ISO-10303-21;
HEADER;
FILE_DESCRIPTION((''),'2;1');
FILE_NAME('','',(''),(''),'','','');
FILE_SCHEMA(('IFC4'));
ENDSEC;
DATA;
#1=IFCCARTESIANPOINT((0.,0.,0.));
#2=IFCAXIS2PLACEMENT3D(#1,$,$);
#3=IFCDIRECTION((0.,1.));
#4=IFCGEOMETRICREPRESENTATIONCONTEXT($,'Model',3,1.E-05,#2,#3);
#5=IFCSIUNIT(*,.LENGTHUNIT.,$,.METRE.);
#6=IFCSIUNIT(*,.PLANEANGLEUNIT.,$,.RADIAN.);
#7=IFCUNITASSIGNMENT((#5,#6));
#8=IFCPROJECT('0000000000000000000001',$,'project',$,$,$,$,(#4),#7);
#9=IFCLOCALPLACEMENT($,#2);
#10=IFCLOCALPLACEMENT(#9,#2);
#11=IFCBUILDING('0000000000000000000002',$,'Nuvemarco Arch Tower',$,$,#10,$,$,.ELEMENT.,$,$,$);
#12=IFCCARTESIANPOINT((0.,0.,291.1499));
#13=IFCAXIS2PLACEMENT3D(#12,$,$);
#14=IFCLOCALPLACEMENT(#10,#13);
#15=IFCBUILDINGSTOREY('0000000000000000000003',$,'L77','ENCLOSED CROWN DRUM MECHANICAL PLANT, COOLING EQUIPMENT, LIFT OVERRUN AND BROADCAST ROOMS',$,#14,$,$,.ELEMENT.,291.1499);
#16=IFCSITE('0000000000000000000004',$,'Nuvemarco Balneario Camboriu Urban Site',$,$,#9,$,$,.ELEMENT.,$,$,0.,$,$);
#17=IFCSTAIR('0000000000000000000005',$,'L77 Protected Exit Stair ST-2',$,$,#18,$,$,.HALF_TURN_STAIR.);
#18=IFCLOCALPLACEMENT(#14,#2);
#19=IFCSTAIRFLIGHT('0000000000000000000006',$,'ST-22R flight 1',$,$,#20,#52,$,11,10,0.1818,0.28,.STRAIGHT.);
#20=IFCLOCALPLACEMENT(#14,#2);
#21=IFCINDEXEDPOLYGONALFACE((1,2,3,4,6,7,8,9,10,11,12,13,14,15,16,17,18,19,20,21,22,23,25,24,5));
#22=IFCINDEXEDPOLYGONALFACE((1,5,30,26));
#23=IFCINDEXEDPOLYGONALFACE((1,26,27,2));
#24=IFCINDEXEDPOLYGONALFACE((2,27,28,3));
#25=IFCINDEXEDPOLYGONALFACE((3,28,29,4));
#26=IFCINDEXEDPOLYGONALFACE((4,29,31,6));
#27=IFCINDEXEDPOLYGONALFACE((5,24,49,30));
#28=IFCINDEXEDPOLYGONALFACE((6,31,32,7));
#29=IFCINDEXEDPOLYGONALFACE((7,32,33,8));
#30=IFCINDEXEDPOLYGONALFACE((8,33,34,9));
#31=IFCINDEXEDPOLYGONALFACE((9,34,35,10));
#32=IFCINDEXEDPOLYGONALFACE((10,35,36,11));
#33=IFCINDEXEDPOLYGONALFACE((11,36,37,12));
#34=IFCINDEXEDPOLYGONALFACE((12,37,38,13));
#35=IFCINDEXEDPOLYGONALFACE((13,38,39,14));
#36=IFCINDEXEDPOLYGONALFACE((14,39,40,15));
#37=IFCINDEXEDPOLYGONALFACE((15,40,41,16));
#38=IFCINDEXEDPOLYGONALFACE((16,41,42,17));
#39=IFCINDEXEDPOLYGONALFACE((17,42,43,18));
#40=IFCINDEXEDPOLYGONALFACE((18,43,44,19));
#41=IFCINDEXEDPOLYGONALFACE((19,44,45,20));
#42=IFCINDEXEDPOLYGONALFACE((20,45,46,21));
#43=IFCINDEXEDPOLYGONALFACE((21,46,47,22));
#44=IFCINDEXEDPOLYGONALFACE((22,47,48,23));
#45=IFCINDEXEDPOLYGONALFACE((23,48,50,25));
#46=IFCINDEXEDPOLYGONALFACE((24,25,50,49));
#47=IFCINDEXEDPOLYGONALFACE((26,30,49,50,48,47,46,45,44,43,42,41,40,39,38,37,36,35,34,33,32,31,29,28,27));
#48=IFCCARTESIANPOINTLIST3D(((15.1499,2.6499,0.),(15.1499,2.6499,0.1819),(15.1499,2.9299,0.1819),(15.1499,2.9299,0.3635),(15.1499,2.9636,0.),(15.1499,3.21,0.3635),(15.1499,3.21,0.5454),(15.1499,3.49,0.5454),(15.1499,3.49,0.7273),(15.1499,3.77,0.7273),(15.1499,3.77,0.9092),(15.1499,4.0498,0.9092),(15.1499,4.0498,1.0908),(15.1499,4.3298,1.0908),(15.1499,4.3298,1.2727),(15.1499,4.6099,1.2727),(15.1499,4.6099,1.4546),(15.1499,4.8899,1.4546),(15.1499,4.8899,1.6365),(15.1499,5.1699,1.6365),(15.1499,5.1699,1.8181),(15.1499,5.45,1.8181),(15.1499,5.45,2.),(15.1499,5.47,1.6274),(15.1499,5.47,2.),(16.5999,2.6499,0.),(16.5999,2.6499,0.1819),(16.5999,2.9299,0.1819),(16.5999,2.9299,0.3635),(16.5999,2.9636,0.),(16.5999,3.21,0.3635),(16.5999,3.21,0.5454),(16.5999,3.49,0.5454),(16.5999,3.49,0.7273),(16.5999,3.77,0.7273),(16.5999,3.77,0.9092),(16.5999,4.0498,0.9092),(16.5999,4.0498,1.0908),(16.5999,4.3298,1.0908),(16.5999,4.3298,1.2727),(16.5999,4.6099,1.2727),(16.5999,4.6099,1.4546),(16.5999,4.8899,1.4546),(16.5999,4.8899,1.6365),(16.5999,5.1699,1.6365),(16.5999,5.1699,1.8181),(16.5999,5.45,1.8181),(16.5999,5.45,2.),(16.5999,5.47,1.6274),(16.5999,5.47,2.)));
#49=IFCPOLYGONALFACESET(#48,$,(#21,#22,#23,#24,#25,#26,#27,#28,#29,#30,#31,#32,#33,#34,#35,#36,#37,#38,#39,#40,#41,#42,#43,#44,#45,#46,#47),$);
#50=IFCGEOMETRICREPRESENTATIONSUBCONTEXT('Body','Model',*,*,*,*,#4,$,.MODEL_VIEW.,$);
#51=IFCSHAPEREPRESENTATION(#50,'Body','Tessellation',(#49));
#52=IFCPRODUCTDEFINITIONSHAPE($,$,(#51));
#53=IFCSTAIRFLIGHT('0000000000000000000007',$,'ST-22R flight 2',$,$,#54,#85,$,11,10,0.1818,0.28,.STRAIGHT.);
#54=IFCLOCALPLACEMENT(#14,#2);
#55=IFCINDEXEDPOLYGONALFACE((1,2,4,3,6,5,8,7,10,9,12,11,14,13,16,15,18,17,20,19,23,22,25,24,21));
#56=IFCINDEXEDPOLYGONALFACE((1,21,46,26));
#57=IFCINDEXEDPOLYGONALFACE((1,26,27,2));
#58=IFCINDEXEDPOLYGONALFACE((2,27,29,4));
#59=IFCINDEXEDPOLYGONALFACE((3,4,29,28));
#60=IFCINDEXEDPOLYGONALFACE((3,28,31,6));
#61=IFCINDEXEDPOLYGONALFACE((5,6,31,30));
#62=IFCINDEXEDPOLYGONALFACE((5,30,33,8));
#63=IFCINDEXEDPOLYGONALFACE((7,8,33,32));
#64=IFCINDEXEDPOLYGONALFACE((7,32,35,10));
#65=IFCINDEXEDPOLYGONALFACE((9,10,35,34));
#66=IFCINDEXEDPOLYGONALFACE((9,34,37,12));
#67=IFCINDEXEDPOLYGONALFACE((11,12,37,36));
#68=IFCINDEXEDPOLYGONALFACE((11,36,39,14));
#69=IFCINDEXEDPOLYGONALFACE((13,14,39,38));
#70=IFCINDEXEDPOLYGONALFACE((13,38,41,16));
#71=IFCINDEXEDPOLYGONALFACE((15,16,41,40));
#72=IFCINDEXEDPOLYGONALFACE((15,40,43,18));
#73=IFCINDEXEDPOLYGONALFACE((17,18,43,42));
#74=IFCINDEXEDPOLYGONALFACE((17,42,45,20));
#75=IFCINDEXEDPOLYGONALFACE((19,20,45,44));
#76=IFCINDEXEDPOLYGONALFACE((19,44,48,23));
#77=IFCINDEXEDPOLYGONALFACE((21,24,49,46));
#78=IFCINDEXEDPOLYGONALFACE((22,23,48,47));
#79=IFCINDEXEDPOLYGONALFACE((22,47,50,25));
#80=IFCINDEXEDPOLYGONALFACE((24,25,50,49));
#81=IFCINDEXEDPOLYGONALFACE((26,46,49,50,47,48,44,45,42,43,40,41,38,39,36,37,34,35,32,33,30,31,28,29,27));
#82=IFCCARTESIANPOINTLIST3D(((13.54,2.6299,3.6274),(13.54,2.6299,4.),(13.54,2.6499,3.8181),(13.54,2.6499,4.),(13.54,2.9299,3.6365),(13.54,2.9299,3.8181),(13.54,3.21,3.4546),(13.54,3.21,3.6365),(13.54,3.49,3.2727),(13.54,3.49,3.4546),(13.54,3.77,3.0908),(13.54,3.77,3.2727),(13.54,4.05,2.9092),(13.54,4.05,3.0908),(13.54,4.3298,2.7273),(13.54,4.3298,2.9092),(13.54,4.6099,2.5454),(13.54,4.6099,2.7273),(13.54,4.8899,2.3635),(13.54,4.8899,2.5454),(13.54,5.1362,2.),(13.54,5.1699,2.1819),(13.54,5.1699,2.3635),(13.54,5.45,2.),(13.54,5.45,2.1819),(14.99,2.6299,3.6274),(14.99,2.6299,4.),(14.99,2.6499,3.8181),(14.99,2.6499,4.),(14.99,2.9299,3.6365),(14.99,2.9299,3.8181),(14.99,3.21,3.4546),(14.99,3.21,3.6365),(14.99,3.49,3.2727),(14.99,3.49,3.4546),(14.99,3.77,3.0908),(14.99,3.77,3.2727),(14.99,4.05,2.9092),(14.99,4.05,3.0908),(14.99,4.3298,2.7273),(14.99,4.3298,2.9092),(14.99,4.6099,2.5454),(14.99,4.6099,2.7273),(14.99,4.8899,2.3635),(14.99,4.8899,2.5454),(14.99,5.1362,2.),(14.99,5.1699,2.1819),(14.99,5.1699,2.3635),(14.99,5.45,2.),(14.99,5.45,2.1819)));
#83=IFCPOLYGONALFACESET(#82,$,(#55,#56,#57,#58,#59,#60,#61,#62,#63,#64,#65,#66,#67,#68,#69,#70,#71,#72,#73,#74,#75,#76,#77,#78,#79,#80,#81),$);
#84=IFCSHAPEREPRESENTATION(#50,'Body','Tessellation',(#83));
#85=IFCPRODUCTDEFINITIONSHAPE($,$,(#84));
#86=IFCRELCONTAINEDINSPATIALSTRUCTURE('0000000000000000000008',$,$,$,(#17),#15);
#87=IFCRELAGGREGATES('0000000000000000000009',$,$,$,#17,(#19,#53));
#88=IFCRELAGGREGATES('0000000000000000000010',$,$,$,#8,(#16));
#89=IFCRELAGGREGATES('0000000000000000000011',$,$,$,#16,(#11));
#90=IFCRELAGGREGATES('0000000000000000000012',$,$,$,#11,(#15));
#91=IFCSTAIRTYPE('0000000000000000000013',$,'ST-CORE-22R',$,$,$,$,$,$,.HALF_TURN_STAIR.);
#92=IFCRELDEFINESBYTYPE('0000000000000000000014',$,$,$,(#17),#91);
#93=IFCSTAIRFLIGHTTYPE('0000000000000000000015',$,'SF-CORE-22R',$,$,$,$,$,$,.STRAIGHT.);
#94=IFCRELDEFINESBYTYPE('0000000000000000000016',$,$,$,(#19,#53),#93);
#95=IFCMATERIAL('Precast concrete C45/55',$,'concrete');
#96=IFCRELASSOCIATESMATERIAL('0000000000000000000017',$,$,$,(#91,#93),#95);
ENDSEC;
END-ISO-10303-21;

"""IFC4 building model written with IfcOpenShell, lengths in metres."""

from ifc_helpers import new_model, si_unit, direction, frame, origin, place, context, subcontext, project, spatial, polyline, outline, extrude, material, type_object, element, aggregate, save


model = new_model("IFC4")

# Units and contexts
model_context = context("Model", 3, precision=1e-05, world=origin(), true_north=direction((0.0, 1.0)))
body_context = subcontext(model_context, "Body", "Model", "MODEL_VIEW")
ifc_project = project(units=[si_unit("LENGTHUNIT", "METRE"), si_unit("PLANEANGLEUNIT", "RADIAN")], contexts=[model_context])

# Site, building, storey
site_placement = place(None, origin())
site = spatial("IfcSite", under=ifc_project, at=site_placement, Name="Nuvemarco Balneario Camboriu Urban Site", CompositionType="ELEMENT", RefElevation=0.0)
building_placement = place(site_placement, origin())
building = spatial("IfcBuilding", under=site, at=building_placement, Name="Nuvemarco Arch Tower", CompositionType="ELEMENT")
storey_placement = place(building_placement, frame((0.0, 0.0, 291.1499)))
storey = spatial("IfcBuildingStorey", under=building, at=storey_placement, Name="L77", Description="ENCLOSED CROWN DRUM MECHANICAL PLANT, COOLING EQUIPMENT, LIFT OVERRUN AND BROADCAST ROOMS", CompositionType="ELEMENT", Elevation=291.1499)

# Shared definitions
ifc_material_1 = material(Name="Precast concrete C45/55", Category="concrete")

# Stair, stair flights
stair_type = type_object("IfcStairType", Name="ST-CORE-22R", PredefinedType="HALF_TURN_STAIR", material=ifc_material_1)
stair_placement = place(storey_placement, origin())
stair = element("IfcStair", 1, at=stair_placement, inside=storey, type_object=stair_type, Name="L77 Protected Exit Stair ST-2", PredefinedType="HALF_TURN_STAIR")
stair_flight_type = type_object("IfcStairFlightType", Name="SF-CORE-22R", PredefinedType="STRAIGHT", material=ifc_material_1)
stair_flight_1_placement = place(storey_placement, frame((15.875, 2.6499, 0.0), z_axis=(0.0, 0.0, 1.0), x_axis=(0.0, 1.0, 0.0)))
stair_flight_1 = element("IfcStairFlight", 2, at=stair_flight_1_placement, type_object=stair_flight_type, Name="ST-22R flight 1", NumberOfRisers=11, NumberOfTreads=10, PredefinedType="STRAIGHT", RiserHeight=0.1818, TreadLength=0.28, context=body_context, shape_type="SweptSolid", body=[
    extrude(outline(polyline([(0.0, 0.0), (0.0, 0.1819), (0.28, 0.1819), (0.28, 0.3635), (0.5601, 0.3635), (0.5601, 0.5454), (0.8401, 0.5454), (0.8401, 0.7273), (1.1201, 0.7273), (1.1201, 0.9092), (1.3999, 0.9092), (1.3999, 1.0908), (1.6799, 1.0908), (1.6799, 1.2727), (1.96, 1.2727), (1.96, 1.4546), (2.24, 1.4546), (2.24, 1.6365), (2.52, 1.6365), (2.52, 1.8181), (2.8, 1.8181), (2.8, 2.0), (2.8201, 2.0), (2.8201, 1.6274), (0.3137, 0.0), (0.0, 0.0)])), frame((0.0, 0.7251, 0.0), z_axis=(0.0, -1.0, 0.0), x_axis=(1.0, 0.0, 0.0)), (0.0, 0.0, 1.0), 1.45),
])
stair_flight_2_placement = place(storey_placement, frame((14.2649, 5.45, 2.0), z_axis=(0.0, 0.0, 1.0), x_axis=(0.0, -1.0, 0.0)))
stair_flight_2 = element("IfcStairFlight", 3, at=stair_flight_2_placement, type_object=stair_flight_type, Name="ST-22R flight 2", NumberOfRisers=11, NumberOfTreads=10, PredefinedType="STRAIGHT", RiserHeight=0.1818, TreadLength=0.28, context=body_context, shape_type="SweptSolid", body=[
    extrude(outline(polyline([(0.0, 0.0), (0.0, 0.1819), (0.28, 0.1819), (0.28, 0.3635), (0.5601, 0.3635), (0.5601, 0.5454), (0.8401, 0.5454), (0.8401, 0.7273), (1.1201, 0.7273), (1.1201, 0.9092), (1.3999, 0.9092), (1.3999, 1.0908), (1.6799, 1.0908), (1.6799, 1.2727), (1.96, 1.2727), (1.96, 1.4546), (2.24, 1.4546), (2.24, 1.6365), (2.52, 1.6365), (2.52, 1.8181), (2.8, 1.8181), (2.8, 2.0), (2.8201, 2.0), (2.8201, 1.6274), (0.3137, 0.0), (0.0, 0.0)])), frame((0.0, 0.7251, 0.0), z_axis=(0.0, -1.0, 0.0), x_axis=(1.0, 0.0, 0.0)), (0.0, 0.0, 1.0), 1.45),
])
aggregate(stair, [stair_flight_1, stair_flight_2])

save(model, "model.ifc")
